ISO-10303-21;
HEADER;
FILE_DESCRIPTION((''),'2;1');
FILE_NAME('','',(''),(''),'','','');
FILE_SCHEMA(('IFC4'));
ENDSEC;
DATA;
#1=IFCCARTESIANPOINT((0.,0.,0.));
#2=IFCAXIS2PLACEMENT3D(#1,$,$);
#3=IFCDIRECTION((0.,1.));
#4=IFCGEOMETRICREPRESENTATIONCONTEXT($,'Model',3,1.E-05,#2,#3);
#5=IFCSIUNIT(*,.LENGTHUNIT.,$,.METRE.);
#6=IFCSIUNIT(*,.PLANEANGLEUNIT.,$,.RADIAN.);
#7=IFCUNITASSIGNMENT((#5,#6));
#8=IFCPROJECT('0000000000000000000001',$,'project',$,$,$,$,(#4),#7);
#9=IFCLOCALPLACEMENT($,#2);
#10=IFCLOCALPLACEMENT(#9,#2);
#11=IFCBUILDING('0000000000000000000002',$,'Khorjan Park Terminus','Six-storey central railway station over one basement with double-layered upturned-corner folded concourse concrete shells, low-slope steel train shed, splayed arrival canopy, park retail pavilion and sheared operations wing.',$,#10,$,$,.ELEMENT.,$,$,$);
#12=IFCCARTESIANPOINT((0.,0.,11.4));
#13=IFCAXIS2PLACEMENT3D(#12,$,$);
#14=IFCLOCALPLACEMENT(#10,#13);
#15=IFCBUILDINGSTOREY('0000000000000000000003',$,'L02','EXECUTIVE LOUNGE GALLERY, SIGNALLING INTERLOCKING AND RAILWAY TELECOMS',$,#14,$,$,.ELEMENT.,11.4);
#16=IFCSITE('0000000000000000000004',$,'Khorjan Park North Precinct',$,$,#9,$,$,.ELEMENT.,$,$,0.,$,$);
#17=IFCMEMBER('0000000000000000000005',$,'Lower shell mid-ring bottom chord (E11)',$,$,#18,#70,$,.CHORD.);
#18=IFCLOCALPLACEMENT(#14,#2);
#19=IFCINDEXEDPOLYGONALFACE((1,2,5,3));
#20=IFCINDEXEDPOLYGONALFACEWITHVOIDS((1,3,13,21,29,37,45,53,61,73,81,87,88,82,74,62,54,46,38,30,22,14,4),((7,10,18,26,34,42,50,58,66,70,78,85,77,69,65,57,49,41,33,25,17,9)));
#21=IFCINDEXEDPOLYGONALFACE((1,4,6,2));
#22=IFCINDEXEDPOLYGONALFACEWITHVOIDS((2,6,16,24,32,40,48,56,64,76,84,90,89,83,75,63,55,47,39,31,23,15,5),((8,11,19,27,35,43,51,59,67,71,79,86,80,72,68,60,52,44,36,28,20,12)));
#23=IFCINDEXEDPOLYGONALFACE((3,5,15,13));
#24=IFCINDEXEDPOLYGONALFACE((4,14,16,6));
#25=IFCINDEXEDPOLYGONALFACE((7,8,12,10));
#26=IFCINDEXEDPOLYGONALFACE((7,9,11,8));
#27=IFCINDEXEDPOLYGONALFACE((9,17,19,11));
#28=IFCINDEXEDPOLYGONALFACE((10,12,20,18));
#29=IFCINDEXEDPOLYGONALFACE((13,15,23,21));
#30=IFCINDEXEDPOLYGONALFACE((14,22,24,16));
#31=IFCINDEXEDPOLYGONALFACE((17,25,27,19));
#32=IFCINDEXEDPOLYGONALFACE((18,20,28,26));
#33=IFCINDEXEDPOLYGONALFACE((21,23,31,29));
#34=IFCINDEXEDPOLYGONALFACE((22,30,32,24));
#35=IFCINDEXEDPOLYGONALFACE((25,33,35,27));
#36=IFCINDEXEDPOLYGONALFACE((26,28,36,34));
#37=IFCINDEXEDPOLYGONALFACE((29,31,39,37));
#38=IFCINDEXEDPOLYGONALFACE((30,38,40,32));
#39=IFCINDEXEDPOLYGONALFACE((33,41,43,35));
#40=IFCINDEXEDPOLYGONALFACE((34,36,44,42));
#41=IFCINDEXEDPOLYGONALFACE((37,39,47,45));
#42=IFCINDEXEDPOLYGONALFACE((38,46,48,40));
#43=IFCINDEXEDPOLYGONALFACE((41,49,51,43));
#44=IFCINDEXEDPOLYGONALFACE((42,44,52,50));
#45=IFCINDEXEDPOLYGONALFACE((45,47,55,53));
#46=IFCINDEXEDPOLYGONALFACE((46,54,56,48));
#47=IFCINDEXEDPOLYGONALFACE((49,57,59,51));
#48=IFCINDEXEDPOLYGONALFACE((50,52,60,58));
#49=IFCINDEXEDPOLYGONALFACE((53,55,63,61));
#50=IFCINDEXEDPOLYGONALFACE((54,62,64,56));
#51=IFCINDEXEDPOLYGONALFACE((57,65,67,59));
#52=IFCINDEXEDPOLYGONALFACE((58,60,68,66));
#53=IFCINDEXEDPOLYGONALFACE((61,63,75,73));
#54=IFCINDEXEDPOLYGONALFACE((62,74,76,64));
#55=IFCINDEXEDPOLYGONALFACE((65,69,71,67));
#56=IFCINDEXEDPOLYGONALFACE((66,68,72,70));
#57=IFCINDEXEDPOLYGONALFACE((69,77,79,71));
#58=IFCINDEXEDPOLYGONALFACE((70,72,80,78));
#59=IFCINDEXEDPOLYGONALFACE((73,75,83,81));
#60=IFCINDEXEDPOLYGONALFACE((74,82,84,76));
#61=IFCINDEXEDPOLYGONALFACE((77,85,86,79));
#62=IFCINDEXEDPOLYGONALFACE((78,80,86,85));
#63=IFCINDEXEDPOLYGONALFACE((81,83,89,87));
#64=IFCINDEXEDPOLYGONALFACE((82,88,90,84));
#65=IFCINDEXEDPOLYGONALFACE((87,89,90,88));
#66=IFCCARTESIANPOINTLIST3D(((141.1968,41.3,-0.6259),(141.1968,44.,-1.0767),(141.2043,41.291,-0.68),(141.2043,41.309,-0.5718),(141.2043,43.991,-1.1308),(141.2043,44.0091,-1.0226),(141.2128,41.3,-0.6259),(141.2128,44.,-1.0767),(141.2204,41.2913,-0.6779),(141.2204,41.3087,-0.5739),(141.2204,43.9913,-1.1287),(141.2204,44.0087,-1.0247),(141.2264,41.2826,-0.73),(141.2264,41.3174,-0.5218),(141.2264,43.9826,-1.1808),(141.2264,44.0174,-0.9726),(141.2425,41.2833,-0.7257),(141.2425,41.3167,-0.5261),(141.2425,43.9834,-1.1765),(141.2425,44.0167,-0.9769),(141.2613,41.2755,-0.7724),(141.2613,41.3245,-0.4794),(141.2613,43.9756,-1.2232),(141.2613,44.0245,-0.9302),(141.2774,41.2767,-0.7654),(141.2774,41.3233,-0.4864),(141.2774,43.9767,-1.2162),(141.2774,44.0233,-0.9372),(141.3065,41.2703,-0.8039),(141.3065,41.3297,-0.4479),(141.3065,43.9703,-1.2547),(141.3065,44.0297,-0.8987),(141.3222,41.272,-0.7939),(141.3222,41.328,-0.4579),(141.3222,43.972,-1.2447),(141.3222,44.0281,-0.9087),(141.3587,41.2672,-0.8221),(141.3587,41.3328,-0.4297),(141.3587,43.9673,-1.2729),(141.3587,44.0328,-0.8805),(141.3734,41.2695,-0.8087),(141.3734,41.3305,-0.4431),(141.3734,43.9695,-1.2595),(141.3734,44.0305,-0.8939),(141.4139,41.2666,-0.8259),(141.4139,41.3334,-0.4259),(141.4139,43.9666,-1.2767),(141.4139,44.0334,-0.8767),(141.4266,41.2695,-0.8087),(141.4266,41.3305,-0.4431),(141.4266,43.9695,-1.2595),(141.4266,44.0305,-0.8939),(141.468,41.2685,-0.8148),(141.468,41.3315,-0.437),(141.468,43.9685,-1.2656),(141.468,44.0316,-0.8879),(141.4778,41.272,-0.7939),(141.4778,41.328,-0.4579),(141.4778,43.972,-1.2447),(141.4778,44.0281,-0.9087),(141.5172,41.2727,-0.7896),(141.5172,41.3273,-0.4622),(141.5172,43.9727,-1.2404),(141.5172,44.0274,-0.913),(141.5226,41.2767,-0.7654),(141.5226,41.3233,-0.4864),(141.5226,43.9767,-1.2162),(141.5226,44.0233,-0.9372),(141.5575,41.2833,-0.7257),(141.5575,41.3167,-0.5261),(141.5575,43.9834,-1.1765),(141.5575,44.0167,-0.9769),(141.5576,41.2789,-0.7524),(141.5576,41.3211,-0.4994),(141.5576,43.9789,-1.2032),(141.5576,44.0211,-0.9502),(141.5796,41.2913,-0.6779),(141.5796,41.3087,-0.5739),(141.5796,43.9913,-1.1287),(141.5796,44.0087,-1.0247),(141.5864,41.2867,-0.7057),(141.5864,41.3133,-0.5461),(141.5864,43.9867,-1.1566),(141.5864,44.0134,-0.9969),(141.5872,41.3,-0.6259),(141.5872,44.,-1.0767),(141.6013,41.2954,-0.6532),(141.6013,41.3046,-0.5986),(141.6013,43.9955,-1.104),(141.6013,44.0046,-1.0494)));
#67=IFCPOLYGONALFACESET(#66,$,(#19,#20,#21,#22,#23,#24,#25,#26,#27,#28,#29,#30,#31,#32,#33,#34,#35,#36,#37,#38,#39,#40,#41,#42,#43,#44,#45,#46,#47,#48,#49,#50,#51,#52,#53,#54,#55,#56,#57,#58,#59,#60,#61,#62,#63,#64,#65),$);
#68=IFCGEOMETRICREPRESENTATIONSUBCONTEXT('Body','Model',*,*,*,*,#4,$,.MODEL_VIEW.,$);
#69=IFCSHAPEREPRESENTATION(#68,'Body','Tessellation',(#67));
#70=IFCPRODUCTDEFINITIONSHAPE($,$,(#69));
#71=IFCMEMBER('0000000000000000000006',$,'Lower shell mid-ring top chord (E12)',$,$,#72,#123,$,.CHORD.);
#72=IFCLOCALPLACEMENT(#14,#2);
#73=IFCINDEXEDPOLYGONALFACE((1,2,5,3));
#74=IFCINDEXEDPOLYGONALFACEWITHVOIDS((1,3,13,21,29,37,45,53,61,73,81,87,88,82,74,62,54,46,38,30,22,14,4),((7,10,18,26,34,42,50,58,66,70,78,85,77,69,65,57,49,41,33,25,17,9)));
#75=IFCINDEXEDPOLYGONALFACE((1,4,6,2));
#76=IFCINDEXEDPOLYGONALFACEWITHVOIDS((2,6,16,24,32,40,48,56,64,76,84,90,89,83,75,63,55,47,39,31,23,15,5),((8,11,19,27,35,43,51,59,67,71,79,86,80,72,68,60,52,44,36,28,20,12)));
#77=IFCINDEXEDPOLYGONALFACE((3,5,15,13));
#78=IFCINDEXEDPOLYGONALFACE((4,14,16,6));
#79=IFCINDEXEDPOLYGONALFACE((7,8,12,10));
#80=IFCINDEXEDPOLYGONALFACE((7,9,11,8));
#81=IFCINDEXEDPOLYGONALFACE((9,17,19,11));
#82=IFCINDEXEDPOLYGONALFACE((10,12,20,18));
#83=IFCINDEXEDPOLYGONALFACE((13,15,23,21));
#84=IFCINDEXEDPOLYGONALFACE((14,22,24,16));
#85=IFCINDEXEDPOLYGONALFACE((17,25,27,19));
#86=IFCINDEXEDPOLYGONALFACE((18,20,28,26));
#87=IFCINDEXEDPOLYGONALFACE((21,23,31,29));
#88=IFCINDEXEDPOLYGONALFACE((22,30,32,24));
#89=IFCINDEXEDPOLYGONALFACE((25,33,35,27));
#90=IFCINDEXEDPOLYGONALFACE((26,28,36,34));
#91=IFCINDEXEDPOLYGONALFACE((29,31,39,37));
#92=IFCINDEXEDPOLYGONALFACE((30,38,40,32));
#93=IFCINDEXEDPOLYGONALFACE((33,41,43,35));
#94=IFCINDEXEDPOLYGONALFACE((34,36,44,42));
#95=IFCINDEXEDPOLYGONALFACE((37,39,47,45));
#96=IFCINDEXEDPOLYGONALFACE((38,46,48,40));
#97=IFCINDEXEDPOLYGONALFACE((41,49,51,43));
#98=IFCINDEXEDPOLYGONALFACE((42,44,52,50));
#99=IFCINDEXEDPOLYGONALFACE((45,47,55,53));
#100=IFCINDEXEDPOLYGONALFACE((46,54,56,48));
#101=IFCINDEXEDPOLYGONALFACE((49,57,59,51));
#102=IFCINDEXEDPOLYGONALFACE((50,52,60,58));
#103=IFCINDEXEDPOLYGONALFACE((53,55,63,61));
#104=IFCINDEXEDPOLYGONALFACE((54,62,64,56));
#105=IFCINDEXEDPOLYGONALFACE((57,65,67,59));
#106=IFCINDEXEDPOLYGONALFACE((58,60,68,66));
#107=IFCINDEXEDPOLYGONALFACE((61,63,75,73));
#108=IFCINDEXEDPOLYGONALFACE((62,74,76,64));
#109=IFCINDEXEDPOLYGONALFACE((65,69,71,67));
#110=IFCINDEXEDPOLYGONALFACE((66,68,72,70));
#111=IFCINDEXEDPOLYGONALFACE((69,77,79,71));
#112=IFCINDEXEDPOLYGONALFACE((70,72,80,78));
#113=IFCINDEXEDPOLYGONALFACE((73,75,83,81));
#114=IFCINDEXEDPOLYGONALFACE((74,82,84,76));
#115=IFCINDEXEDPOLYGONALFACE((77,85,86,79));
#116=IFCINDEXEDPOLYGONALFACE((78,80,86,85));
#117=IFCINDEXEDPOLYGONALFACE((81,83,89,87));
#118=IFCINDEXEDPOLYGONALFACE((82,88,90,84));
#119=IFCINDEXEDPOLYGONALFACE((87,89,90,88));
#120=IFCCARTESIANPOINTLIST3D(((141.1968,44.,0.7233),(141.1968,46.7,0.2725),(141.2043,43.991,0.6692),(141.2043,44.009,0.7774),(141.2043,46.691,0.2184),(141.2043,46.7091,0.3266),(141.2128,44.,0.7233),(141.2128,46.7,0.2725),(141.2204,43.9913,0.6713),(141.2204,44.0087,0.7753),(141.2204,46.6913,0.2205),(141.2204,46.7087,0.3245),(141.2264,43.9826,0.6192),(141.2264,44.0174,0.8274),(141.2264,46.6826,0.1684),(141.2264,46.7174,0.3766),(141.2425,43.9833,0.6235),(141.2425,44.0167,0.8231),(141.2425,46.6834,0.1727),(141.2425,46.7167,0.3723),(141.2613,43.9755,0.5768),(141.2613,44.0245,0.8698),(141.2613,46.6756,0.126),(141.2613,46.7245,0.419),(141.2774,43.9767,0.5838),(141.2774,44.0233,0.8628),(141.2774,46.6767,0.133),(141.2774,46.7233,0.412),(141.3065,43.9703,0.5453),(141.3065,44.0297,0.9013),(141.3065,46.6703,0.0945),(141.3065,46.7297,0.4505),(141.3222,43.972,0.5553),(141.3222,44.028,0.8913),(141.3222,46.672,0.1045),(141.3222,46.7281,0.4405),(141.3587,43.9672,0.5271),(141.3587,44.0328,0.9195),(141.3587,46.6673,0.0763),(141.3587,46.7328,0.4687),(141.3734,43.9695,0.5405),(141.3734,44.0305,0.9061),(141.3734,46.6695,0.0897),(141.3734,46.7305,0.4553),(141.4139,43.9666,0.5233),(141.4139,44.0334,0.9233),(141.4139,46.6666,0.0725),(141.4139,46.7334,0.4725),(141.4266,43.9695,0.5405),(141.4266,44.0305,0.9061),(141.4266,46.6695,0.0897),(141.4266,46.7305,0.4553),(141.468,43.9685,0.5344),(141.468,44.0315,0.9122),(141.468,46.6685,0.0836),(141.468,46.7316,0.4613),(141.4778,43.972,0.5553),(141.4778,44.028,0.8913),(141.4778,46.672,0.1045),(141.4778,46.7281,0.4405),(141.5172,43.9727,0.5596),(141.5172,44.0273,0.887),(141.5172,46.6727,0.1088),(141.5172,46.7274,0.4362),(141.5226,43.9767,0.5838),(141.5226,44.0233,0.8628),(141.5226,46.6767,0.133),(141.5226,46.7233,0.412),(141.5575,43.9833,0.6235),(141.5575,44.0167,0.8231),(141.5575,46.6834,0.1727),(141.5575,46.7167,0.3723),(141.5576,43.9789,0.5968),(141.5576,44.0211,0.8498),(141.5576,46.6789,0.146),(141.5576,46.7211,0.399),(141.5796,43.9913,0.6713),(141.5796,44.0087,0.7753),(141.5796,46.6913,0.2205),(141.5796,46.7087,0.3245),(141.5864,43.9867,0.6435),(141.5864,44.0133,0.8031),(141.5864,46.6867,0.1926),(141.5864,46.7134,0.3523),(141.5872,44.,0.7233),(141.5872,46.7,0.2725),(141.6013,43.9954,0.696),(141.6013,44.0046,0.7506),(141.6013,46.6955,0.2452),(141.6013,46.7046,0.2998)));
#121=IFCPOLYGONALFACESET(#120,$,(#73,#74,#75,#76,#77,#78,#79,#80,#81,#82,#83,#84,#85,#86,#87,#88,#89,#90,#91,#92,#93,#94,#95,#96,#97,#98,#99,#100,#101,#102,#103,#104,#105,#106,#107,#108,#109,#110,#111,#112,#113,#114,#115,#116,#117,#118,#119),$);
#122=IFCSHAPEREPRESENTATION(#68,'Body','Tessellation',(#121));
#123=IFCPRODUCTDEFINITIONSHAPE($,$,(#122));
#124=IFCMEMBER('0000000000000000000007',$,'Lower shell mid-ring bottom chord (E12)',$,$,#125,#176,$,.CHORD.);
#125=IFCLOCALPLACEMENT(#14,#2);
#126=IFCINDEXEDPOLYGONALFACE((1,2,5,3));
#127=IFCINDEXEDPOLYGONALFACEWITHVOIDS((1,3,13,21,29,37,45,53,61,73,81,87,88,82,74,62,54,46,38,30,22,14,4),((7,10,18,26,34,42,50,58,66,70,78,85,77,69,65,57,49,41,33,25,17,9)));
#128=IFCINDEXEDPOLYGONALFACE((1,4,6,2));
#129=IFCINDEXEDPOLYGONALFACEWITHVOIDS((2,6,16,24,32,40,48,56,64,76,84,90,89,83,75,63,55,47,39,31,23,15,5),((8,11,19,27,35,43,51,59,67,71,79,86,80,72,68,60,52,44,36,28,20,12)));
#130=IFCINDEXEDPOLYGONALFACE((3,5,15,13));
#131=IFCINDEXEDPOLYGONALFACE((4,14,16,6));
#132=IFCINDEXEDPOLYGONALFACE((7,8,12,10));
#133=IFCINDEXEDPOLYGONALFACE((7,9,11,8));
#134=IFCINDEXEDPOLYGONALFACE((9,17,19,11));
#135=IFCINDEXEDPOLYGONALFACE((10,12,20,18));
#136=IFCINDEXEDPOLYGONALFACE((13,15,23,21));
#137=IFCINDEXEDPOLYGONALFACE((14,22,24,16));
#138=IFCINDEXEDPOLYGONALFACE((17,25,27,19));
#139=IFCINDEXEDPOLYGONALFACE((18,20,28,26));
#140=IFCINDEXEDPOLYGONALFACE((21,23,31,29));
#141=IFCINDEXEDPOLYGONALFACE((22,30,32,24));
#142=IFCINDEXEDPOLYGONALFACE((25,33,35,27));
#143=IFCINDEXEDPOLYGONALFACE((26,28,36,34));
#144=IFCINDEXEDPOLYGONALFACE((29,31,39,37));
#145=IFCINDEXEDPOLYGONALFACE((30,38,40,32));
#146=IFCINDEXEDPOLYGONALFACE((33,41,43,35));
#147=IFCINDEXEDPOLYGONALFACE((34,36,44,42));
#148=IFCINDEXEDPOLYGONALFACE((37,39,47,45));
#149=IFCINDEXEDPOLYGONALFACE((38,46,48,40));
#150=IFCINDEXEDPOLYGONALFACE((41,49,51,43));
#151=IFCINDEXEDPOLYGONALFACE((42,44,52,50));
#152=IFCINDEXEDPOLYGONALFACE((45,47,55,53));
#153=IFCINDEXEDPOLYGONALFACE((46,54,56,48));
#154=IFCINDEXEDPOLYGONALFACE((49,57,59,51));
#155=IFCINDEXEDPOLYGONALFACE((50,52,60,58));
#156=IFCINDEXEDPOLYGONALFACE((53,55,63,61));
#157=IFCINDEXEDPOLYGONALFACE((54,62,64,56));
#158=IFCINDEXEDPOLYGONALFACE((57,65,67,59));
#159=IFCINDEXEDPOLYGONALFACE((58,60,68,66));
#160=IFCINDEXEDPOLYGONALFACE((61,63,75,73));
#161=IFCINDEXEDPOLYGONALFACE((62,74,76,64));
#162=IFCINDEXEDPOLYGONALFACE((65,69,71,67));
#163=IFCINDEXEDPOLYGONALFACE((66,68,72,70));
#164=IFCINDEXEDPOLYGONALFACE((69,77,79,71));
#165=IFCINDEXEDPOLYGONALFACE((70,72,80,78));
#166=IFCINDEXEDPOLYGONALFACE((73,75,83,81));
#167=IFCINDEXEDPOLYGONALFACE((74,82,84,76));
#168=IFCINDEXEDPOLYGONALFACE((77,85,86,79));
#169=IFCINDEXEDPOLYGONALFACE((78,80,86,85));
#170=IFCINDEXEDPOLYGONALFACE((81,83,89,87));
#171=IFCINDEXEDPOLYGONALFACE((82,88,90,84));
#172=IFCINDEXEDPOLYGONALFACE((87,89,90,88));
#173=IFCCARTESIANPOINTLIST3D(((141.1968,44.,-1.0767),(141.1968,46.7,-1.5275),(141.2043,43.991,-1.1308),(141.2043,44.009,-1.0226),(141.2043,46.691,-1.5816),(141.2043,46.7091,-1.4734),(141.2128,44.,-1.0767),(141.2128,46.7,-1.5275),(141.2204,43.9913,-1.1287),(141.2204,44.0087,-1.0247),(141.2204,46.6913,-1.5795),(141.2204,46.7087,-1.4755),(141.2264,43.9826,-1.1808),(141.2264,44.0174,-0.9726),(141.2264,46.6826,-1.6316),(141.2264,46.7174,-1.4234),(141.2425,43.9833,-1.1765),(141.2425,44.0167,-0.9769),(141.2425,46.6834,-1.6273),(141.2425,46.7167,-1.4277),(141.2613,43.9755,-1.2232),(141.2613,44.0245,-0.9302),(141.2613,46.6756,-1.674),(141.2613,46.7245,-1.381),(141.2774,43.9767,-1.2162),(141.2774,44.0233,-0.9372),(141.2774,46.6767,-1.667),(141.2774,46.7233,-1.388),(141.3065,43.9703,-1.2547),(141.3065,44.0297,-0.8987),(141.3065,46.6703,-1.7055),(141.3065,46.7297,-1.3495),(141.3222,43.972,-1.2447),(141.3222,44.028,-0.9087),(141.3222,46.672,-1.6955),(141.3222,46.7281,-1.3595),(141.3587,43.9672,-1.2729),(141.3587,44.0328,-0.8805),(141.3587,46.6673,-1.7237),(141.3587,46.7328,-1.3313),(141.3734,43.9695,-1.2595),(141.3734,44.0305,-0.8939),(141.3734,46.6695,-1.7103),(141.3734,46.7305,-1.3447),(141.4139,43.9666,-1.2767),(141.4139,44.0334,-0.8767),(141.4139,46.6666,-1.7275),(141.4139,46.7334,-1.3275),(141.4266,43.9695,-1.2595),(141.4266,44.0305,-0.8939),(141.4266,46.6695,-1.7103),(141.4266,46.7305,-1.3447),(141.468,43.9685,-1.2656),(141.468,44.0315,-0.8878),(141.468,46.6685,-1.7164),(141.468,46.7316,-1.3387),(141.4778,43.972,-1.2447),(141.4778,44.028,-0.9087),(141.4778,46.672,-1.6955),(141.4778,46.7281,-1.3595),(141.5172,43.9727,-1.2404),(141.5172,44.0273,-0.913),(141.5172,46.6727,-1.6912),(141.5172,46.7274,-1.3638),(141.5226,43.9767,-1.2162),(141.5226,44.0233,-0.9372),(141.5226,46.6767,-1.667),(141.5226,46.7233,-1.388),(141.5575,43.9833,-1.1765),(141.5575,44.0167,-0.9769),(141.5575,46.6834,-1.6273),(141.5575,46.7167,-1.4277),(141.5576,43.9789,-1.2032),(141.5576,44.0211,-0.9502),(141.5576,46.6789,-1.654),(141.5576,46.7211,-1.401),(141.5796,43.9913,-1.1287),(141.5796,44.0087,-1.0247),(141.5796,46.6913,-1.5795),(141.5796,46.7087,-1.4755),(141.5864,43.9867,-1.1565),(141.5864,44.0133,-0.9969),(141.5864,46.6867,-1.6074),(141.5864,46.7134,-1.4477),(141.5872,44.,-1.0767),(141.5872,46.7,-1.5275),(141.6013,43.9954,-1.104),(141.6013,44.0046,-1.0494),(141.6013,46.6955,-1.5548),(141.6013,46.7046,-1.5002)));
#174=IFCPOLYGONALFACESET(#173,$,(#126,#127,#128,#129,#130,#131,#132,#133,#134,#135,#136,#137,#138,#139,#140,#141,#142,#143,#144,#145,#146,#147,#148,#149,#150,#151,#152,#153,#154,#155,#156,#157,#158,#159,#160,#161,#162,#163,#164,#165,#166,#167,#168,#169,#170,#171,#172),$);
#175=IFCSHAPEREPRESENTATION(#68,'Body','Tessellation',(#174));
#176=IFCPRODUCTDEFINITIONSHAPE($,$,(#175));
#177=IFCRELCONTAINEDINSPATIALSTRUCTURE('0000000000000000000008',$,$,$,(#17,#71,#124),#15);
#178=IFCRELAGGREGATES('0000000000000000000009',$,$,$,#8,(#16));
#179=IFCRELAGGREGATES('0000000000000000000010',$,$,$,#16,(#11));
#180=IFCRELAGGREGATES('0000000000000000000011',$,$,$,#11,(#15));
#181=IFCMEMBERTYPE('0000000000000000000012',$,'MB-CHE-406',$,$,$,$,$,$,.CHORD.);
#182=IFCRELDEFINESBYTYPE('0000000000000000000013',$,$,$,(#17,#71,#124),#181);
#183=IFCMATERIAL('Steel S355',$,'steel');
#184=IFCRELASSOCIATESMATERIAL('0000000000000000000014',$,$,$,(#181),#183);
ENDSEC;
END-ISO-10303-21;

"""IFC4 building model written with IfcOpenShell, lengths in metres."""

from ifc_helpers import new_model, si_unit, direction, frame, origin, origin_2d, place, context, subcontext, project, spatial, hollow_circle, extrude, material, material_profile, profile_set, type_object, element, save


model = new_model("IFC4")

# Units and contexts
model_context = context("Model", 3, precision=1e-05, world=origin(), true_north=direction((0.0, 1.0)))
body_context = subcontext(model_context, "Body", "Model", "MODEL_VIEW")
ifc_project = project(units=[si_unit("LENGTHUNIT", "METRE"), si_unit("PLANEANGLEUNIT", "RADIAN")], contexts=[model_context])

# Site, building, storey
site_placement = place(None, origin())
site = spatial("IfcSite", under=ifc_project, at=site_placement, Name="Khorjan Park North Precinct", CompositionType="ELEMENT", RefElevation=0.0)
building_placement = place(site_placement, origin())
building = spatial("IfcBuilding", under=site, at=building_placement, Name="Khorjan Park Terminus", Description="Six-storey central railway station over one basement with double-layered upturned-corner folded concourse concrete shells, low-slope steel train shed, splayed arrival canopy, park retail pavilion and sheared operations wing.", CompositionType="ELEMENT")
storey_placement = place(building_placement, frame((0.0, 0.0, 11.4)))
storey = spatial("IfcBuildingStorey", under=building, at=storey_placement, Name="L02", Description="EXECUTIVE LOUNGE GALLERY, SIGNALLING INTERLOCKING AND RAILWAY TELECOMS", CompositionType="ELEMENT", Elevation=11.4)

# Shared definitions
ifc_material_1 = material(Name="Steel S355", Category="steel")

# Members
ifc_material_profile_1 = material_profile(ifc_material_1, hollow_circle(Radius=0.2032, WallThickness=0.016, at=origin_2d()), Name="CHS 406.4x16")
ifc_profile_set_1 = profile_set([ifc_material_profile_1], Name="Steel S355")
member_type_1 = type_object("IfcMemberType", Name="MB-CHE-406", PredefinedType="CHORD", material=ifc_profile_set_1)
for number, where, z_axis, x_axis, name in (
    (1, (141.4, 41.3, -0.6259), (0.0, 0.986346, -0.164683), (-1.0, 0.0, 0.0), "Lower shell mid-ring bottom chord (E11)"),
    (2, (141.4, 44.0, 0.7233), (0.0, 0.986346, -0.164683), (-1.0, 0.0, 0.0), "Lower shell mid-ring top chord (E12)"),
    (3, (141.4, 44.0, -1.0767), (0.0, 0.986346, -0.164683), (-1.0, 0.0, 0.0), "Lower shell mid-ring bottom chord (E12)"),
):
    element("IfcMember", number, at=place(storey_placement, frame(where, z_axis=z_axis, x_axis=x_axis)), inside=storey, type_object=member_type_1, Name=name, PredefinedType="CHORD", context=body_context, shape_type="SweptSolid", body=[
        extrude(hollow_circle(Radius=0.2032, WallThickness=0.016, at=origin_2d()), origin(), (0.0, 0.0, 1.0), 2.7374),
    ])

save(model, "model.ifc")
